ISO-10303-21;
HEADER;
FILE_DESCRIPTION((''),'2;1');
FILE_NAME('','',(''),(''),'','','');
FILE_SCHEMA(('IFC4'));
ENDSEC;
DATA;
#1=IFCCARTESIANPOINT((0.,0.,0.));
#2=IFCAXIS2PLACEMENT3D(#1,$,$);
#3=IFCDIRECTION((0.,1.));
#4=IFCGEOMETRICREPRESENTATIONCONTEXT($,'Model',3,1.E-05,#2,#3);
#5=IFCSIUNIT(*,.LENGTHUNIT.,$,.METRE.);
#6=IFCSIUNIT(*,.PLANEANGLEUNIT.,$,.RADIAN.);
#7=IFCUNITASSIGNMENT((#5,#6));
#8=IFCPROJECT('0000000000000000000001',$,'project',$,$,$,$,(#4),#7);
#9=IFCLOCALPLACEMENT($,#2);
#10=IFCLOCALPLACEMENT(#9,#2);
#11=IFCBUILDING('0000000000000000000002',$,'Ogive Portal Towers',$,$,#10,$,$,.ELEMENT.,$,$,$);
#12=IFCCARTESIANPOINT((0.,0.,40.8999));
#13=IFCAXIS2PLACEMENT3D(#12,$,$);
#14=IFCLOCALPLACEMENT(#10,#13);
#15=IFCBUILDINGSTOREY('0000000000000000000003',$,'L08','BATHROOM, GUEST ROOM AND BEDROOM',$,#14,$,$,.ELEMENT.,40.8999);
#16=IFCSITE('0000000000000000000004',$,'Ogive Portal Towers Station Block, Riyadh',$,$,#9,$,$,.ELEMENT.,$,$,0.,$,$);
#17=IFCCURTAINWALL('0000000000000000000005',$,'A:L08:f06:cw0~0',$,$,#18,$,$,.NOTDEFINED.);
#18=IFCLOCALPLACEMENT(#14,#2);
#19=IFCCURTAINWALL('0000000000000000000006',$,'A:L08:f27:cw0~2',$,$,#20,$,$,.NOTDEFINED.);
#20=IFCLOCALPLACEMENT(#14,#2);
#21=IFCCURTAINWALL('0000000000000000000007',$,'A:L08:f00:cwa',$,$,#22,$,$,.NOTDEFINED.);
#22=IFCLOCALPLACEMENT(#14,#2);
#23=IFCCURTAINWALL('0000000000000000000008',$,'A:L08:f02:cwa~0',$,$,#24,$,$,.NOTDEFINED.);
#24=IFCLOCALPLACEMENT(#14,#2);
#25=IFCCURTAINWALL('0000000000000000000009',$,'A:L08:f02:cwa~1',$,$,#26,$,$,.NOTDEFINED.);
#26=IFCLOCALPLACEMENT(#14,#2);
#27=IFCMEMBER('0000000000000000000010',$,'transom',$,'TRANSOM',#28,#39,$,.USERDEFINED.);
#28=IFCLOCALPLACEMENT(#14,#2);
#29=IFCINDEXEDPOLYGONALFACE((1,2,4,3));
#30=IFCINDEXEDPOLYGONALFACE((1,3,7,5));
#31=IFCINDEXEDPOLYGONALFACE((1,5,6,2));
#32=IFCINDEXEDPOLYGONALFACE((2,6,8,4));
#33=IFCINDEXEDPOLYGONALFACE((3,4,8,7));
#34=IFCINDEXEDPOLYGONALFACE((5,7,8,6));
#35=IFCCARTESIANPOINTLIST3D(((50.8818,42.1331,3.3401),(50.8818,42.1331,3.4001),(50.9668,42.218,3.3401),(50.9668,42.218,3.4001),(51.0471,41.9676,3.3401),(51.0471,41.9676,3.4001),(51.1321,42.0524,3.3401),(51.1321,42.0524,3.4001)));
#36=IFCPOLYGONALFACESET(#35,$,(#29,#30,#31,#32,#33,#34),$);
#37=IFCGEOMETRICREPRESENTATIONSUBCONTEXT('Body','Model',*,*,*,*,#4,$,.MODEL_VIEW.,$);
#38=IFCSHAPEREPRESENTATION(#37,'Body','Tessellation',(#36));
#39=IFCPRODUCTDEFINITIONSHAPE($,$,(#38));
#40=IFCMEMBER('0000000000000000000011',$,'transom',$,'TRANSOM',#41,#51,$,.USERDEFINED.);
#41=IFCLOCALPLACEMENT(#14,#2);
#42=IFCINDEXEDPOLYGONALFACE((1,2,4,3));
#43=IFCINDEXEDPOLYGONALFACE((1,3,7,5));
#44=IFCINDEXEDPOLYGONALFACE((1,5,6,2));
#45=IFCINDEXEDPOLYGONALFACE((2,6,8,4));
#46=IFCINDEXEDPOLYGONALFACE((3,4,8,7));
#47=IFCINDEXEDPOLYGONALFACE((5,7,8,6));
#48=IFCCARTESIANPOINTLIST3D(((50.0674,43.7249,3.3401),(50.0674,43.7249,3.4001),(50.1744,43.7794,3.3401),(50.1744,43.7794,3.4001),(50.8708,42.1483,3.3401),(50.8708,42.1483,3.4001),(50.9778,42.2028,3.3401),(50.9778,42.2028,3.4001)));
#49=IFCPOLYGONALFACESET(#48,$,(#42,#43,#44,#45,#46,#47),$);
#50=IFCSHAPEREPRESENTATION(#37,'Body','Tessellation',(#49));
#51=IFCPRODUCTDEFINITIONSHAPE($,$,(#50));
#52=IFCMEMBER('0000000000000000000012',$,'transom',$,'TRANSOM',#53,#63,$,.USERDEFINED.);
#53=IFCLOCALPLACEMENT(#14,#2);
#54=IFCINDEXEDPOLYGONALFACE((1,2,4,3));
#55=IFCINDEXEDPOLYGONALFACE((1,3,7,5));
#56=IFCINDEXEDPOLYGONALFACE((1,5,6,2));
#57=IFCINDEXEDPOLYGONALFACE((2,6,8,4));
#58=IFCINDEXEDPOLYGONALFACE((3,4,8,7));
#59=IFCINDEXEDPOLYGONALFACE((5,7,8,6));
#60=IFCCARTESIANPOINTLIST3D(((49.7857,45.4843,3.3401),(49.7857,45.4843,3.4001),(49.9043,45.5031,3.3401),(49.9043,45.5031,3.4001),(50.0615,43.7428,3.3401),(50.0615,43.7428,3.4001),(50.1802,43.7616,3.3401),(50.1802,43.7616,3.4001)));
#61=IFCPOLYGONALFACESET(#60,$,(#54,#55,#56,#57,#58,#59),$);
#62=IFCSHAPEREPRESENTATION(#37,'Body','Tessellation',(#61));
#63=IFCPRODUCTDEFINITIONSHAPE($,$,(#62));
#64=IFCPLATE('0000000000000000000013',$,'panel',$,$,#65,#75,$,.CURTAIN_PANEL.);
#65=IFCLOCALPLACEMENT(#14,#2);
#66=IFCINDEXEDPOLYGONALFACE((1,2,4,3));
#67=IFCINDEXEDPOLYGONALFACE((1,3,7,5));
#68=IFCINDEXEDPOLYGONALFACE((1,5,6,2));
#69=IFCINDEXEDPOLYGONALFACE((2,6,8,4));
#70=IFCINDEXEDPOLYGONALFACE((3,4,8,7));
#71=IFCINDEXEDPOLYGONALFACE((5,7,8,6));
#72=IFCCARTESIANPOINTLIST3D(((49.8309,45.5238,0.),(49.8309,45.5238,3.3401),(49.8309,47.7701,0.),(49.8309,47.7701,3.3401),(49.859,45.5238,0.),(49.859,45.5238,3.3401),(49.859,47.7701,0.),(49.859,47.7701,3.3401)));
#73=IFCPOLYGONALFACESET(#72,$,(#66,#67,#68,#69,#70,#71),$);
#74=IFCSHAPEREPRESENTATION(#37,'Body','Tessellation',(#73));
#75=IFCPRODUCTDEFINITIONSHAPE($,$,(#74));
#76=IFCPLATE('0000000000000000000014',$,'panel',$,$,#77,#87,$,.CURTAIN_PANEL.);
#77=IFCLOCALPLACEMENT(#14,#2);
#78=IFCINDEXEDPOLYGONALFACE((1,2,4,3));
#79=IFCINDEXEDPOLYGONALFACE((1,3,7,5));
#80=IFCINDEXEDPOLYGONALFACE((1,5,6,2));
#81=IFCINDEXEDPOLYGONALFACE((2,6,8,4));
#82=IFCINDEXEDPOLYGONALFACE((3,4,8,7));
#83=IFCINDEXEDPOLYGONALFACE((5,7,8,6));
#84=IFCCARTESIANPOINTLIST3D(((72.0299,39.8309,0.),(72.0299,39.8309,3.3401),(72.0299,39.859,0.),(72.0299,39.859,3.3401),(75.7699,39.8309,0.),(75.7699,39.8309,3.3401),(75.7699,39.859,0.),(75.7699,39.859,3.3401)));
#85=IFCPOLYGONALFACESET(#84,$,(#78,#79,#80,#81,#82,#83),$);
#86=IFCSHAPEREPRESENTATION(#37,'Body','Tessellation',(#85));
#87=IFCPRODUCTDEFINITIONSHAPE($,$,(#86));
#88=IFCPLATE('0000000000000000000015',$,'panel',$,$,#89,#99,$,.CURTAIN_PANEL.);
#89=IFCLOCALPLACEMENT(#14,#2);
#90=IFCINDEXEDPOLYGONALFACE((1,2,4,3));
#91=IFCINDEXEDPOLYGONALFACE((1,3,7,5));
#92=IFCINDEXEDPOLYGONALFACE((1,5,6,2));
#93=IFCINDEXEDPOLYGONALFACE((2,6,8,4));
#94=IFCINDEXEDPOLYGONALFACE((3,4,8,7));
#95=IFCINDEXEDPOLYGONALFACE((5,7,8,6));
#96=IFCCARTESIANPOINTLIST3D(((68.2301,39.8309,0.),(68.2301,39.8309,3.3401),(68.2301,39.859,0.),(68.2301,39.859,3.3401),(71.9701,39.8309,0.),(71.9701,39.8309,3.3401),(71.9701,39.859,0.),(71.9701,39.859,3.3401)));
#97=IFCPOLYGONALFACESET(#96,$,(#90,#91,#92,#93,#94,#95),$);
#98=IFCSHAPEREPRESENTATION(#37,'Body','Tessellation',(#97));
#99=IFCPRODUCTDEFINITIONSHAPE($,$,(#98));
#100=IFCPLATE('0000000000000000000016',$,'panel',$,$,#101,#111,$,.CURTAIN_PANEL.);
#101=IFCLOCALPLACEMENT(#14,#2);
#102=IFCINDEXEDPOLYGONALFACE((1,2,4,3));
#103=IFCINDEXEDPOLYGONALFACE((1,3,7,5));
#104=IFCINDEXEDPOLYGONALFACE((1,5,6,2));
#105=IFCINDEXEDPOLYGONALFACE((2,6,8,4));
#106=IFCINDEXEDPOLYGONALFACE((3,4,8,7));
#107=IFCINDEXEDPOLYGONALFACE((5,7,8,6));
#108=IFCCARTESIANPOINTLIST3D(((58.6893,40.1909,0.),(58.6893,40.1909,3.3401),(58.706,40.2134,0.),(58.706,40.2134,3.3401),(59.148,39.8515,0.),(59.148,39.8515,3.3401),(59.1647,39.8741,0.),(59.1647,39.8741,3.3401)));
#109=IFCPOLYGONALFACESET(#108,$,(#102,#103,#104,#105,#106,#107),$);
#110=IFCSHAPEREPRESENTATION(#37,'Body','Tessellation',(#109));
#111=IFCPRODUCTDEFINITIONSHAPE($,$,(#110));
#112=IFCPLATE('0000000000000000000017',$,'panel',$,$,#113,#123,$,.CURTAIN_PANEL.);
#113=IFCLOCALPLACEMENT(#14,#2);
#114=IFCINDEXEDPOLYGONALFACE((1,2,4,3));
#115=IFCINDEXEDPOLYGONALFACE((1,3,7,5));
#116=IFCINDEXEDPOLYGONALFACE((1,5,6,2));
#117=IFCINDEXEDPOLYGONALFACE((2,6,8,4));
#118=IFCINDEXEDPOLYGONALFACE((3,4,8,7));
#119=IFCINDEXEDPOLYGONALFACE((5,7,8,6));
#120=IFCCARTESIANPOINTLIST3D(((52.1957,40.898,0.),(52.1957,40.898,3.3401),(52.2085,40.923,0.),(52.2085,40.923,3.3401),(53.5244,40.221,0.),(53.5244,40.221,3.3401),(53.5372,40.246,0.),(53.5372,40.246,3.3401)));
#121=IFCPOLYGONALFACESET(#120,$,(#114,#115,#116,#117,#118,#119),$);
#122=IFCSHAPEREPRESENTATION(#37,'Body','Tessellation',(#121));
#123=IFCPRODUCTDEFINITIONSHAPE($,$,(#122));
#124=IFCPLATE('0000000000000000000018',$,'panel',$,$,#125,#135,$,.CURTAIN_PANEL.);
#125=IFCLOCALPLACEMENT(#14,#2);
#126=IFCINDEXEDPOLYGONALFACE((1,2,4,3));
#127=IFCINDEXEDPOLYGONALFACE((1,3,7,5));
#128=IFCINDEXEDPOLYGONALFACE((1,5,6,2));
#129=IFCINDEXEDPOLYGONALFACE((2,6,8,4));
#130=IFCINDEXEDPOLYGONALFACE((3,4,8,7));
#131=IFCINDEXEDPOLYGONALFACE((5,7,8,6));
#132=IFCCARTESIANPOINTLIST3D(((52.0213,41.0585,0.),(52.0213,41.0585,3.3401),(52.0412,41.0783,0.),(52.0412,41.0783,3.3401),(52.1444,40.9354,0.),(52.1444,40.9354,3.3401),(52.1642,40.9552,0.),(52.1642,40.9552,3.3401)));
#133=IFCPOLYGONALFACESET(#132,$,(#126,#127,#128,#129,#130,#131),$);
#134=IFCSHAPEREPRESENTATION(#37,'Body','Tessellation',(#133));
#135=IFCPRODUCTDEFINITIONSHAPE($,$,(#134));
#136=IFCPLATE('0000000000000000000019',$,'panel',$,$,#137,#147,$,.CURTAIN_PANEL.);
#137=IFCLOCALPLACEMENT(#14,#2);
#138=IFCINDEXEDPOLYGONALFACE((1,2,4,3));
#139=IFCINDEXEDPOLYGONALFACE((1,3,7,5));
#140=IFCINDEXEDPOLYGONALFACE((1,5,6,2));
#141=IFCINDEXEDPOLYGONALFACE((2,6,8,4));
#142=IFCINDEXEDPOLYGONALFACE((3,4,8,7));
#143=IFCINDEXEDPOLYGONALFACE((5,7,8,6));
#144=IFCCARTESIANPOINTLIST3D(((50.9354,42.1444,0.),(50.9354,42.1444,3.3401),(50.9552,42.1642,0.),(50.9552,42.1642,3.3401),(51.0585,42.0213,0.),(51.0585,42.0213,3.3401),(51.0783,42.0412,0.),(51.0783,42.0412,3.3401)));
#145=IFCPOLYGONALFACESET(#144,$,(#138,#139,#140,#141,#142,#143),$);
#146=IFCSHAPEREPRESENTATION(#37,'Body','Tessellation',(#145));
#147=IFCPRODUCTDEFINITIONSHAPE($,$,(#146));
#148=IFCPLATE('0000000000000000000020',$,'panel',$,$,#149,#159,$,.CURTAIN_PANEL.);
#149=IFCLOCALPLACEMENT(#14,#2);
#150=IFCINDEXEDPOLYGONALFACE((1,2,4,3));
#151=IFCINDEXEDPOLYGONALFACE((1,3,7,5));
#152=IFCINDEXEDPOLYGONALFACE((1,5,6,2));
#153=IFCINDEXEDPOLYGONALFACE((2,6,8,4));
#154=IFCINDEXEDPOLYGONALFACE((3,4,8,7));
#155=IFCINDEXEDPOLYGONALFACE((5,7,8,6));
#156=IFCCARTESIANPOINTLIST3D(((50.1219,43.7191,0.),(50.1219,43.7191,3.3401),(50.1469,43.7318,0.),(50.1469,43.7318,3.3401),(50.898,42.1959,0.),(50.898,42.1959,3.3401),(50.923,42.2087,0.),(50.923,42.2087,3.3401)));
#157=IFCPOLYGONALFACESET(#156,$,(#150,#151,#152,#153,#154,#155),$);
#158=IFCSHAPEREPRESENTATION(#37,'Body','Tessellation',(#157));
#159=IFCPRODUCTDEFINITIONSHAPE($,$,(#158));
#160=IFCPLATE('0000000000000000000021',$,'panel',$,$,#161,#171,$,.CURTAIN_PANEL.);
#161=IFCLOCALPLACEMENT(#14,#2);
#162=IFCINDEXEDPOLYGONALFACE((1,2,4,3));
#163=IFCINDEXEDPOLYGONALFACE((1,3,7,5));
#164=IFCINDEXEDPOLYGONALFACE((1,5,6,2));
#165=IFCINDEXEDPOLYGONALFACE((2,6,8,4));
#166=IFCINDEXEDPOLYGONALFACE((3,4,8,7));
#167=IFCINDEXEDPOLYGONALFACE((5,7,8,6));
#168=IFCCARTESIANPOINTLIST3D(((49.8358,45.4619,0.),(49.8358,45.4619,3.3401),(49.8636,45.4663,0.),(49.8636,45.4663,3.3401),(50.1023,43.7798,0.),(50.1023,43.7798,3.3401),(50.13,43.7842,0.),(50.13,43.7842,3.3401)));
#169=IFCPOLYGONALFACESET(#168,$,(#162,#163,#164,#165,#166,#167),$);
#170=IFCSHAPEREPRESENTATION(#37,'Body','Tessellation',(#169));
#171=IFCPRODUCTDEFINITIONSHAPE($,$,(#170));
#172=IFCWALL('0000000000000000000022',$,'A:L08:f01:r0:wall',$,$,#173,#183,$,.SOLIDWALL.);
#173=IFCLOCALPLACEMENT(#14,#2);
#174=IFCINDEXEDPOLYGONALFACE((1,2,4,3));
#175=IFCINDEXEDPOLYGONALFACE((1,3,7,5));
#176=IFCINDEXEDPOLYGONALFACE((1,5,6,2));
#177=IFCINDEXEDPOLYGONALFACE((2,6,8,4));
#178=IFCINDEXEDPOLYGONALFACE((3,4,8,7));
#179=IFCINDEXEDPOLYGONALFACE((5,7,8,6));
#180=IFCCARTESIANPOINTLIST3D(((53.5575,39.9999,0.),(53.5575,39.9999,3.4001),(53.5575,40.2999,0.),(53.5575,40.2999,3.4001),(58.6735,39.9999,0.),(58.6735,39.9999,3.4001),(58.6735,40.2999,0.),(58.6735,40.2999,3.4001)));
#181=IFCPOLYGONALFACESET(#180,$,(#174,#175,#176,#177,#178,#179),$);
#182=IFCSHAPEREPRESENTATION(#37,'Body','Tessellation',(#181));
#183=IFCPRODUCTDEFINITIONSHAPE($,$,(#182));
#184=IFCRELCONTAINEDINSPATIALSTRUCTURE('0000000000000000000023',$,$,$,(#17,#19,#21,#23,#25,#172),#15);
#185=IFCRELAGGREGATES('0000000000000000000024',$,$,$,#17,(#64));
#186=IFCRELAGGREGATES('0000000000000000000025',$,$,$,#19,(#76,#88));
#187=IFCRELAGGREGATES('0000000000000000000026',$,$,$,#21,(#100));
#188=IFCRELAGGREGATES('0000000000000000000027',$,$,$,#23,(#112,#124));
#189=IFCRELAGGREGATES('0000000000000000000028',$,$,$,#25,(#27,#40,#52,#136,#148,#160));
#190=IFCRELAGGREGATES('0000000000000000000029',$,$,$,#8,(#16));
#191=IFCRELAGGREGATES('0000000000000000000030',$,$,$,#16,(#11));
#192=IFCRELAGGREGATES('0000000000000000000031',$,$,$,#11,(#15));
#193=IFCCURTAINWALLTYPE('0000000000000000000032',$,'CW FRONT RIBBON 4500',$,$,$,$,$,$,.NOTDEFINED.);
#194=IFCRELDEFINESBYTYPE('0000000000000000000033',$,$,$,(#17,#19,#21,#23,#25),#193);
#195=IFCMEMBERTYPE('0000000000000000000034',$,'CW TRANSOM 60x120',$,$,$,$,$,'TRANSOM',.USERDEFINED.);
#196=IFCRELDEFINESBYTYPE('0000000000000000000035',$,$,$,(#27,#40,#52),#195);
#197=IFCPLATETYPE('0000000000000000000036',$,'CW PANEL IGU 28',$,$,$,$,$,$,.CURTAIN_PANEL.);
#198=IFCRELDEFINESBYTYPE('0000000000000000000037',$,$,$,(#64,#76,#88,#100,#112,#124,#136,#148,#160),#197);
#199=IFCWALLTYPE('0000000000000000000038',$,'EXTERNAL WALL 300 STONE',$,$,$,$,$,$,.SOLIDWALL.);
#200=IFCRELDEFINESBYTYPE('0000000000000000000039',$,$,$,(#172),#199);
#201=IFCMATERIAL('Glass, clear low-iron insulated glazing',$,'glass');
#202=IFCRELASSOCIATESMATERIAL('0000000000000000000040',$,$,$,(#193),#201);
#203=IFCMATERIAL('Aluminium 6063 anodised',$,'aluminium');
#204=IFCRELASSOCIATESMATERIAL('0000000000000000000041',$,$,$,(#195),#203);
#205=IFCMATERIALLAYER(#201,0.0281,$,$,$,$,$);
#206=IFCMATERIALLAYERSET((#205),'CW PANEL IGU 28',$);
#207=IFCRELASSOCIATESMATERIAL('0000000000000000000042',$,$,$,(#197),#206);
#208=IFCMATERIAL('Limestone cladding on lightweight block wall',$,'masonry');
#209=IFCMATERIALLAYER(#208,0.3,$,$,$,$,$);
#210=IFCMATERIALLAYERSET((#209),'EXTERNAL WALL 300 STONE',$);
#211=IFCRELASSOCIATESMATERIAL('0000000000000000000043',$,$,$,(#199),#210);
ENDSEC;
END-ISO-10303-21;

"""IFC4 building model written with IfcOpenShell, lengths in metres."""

from ifc_helpers import new_model, si_unit, direction, frame, frame_2d, origin, origin_2d, place, context, subcontext, project, spatial, rectangle, extrude, material, layer, layer_set, material_profile, profile_set, type_object, element, aggregate, save


model = new_model("IFC4")

# Units and contexts
model_context = context("Model", 3, precision=1e-05, world=origin(), true_north=direction((0.0, 1.0)))
body_context = subcontext(model_context, "Body", "Model", "MODEL_VIEW")
ifc_project = project(units=[si_unit("LENGTHUNIT", "METRE"), si_unit("PLANEANGLEUNIT", "RADIAN")], contexts=[model_context])

# Site, building, storey
site_placement = place(None, origin())
site = spatial("IfcSite", under=ifc_project, at=site_placement, Name="Ogive Portal Towers Station Block, Riyadh", CompositionType="ELEMENT", RefElevation=0.0)
building_placement = place(site_placement, origin())
building = spatial("IfcBuilding", under=site, at=building_placement, Name="Ogive Portal Towers", CompositionType="ELEMENT")
storey_placement = place(building_placement, frame((0.0, 0.0, 40.8999)))
storey = spatial("IfcBuildingStorey", under=building, at=storey_placement, Name="L08", Description="BATHROOM, GUEST ROOM AND BEDROOM", CompositionType="ELEMENT", Elevation=40.8999)

# Curtain walls
ifc_material_1 = material(Name="Glass, clear low-iron insulated glazing", Category="glass")
curtain_wall_type = type_object("IfcCurtainWallType", Name="CW FRONT RIBBON 4500", PredefinedType="NOTDEFINED", material=ifc_material_1)
curtain_wall_1_placement = place(storey_placement, origin())
curtain_wall_1 = element("IfcCurtainWall", 1, at=curtain_wall_1_placement, inside=storey, type_object=curtain_wall_type, Name="A:L08:f06:cw0~0", PredefinedType="NOTDEFINED")
ifc_material_2 = material(Name="Aluminium 6063 anodised", Category="aluminium")
curtain_wall_2_placement = place(storey_placement, origin())
curtain_wall_2 = element("IfcCurtainWall", 2, at=curtain_wall_2_placement, inside=storey, type_object=curtain_wall_type, Name="A:L08:f27:cw0~2", PredefinedType="NOTDEFINED")
curtain_wall_3_placement = place(storey_placement, origin())
curtain_wall_3 = element("IfcCurtainWall", 3, at=curtain_wall_3_placement, inside=storey, type_object=curtain_wall_type, Name="A:L08:f00:cwa", PredefinedType="NOTDEFINED")

# Curtain walls
curtain_wall_4_placement = place(storey_placement, origin())
curtain_wall_4 = element("IfcCurtainWall", 4, at=curtain_wall_4_placement, inside=storey, type_object=curtain_wall_type, Name="A:L08:f02:cwa~0", PredefinedType="NOTDEFINED")
curtain_wall_5_placement = place(storey_placement, origin())
curtain_wall_5 = element("IfcCurtainWall", 5, at=curtain_wall_5_placement, inside=storey, type_object=curtain_wall_type, Name="A:L08:f02:cwa~1", PredefinedType="NOTDEFINED")

# Members
ifc_material_profile_1 = material_profile(ifc_material_2, rectangle(XDim=0.1201, YDim=0.0601, at=origin_2d()), Name="AL 120x60")
ifc_profile_set_1 = profile_set([ifc_material_profile_1], Name="Aluminium 6063 anodised")
member_type_1 = type_object("IfcMemberType", Name="CW TRANSOM 60x120", ElementType="TRANSOM", PredefinedType="USERDEFINED", material=ifc_profile_set_1)
member_1_placement = place(storey_placement, frame((51.0896, 42.01, 3.3701), z_axis=(-0.706585, 0.707628, 0.0), x_axis=(-0.707628, -0.706585, 0.0)))
member_1 = element("IfcMember", 6, at=member_1_placement, type_object=member_type_1, Name="transom", ObjectType="TRANSOM", PredefinedType="USERDEFINED", context=body_context, shape_type="SweptSolid", body=[
    extrude(rectangle(XDim=0.1201, YDim=0.0601, at=origin_2d()), origin(), (0.0, 0.0, 1.0), 0.2339),
])
member_2_placement = place(storey_placement, frame((50.9243, 42.1755, 3.3701), z_axis=(-0.454044, 0.890979, 0.0), x_axis=(-0.890979, -0.454044, 0.0)))
member_2 = element("IfcMember", 7, at=member_2_placement, type_object=member_type_1, Name="transom", ObjectType="TRANSOM", PredefinedType="USERDEFINED", context=body_context, shape_type="SweptSolid", body=[
    extrude(rectangle(XDim=0.1201, YDim=0.0601, at=origin_2d()), origin(), (0.0, 0.0, 1.0), 1.7695),
])
member_3_placement = place(storey_placement, frame((50.1208, 43.7522, 3.3701), z_axis=(-0.156467, 0.987683, 0.0), x_axis=(-0.987683, -0.156467, 0.0)))
member_3 = element("IfcMember", 8, at=member_3_placement, type_object=member_type_1, Name="transom", ObjectType="TRANSOM", PredefinedType="USERDEFINED", context=body_context, shape_type="SweptSolid", body=[
    extrude(rectangle(XDim=0.1201, YDim=0.0601, at=origin_2d()), origin(), (0.0, 0.0, 1.0), 1.7632),
])

# Plates
ifc_layer_1 = layer(ifc_material_1, 0.0281)
ifc_layer_set_1 = layer_set([ifc_layer_1], Name="CW PANEL IGU 28")
plate_type = type_object("IfcPlateType", Name="CW PANEL IGU 28", PredefinedType="CURTAIN_PANEL", material=ifc_layer_set_1)
plate_1_placement = place(storey_placement, frame((49.845, 46.647, 0.0), z_axis=(0.0, 0.0, 1.0), x_axis=(0.0, 1.0, 0.0)))
plate_1 = element("IfcPlate", 9, at=plate_1_placement, type_object=plate_type, Name="panel", PredefinedType="CURTAIN_PANEL", context=body_context, shape_type="SweptSolid", body=[
    extrude(rectangle(XDim=2.2463, YDim=0.0281, at=origin_2d()), origin(), (0.0, 0.0, 1.0), 3.3401),
])
aggregate(curtain_wall_1, [plate_1])
plate_2_placement = place(storey_placement, frame((73.8999, 39.845, 0.0), z_axis=(0.0, 0.0, 1.0), x_axis=(-1.0, 0.0, 0.0)))
plate_2 = element("IfcPlate", 10, at=plate_2_placement, type_object=plate_type, Name="panel", PredefinedType="CURTAIN_PANEL", context=body_context, shape_type="SweptSolid", body=[
    extrude(rectangle(XDim=3.74, YDim=0.0281, at=origin_2d()), origin(), (0.0, 0.0, 1.0), 3.3401),
])
plate_3_placement = place(storey_placement, frame((70.1001, 39.845, 0.0), z_axis=(0.0, 0.0, 1.0), x_axis=(-1.0, 0.0, 0.0)))
plate_3 = element("IfcPlate", 11, at=plate_3_placement, type_object=plate_type, Name="panel", PredefinedType="CURTAIN_PANEL", context=body_context, shape_type="SweptSolid", body=[
    extrude(rectangle(XDim=3.74, YDim=0.0281, at=origin_2d()), origin(), (0.0, 0.0, 1.0), 3.3401),
])
aggregate(curtain_wall_2, [plate_2, plate_3])
plate_4_placement = place(storey_placement, frame((58.927, 40.0325, 0.0), z_axis=(0.0, 0.0, 1.0), x_axis=(-0.803867, 0.594809, 0.0)))
plate_4 = element("IfcPlate", 12, at=plate_4_placement, type_object=plate_type, Name="panel", PredefinedType="CURTAIN_PANEL", context=body_context, shape_type="SweptSolid", body=[
    extrude(rectangle(XDim=0.5706, YDim=0.0281, at=origin_2d()), origin(), (0.0, 0.0, 1.0), 3.3401),
])
aggregate(curtain_wall_3, [plate_4])
plate_5_placement = place(storey_placement, frame((52.8665, 40.572, 0.0), z_axis=(0.0, 0.0, 1.0), x_axis=(-0.891007, 0.45399, 0.0)))
plate_5 = element("IfcPlate", 13, at=plate_5_placement, type_object=plate_type, Name="panel", PredefinedType="CURTAIN_PANEL", context=body_context, shape_type="SweptSolid", body=[
    extrude(rectangle(XDim=1.4912, YDim=0.0281, at=origin_2d()), origin(), (0.0, 0.0, 1.0), 3.3401),
])
plate_6_placement = place(storey_placement, frame((52.0928, 41.0068, 0.0), z_axis=(0.0, 0.0, 1.0), x_axis=(-0.707107, 0.707107, 0.0)))
plate_6 = element("IfcPlate", 14, at=plate_6_placement, type_object=plate_type, Name="panel", PredefinedType="CURTAIN_PANEL", context=body_context, shape_type="SweptSolid", body=[
    extrude(rectangle(XDim=0.1741, YDim=0.0281, at=origin_2d()), origin(), (0.0, 0.0, 1.0), 3.3401),
])
aggregate(curtain_wall_4, [plate_5, plate_6])
plate_7_placement = place(storey_placement, frame((51.0068, 42.0928, 0.0), z_axis=(0.0, 0.0, 1.0), x_axis=(-0.707107, 0.707107, 0.0)))
plate_7 = element("IfcPlate", 15, at=plate_7_placement, type_object=plate_type, Name="panel", PredefinedType="CURTAIN_PANEL", context=body_context, shape_type="SweptSolid", body=[
    extrude(rectangle(XDim=0.1741, YDim=0.0281, at=origin_2d()), origin(), (0.0, 0.0, 1.0), 3.3401),
])
plate_8_placement = place(storey_placement, frame((50.5225, 42.9639, 0.0), z_axis=(0.0, 0.0, 1.0), x_axis=(-0.45399, 0.891007, 0.0)))
plate_8 = element("IfcPlate", 16, at=plate_8_placement, type_object=plate_type, Name="panel", PredefinedType="CURTAIN_PANEL", context=body_context, shape_type="SweptSolid", body=[
    extrude(rectangle(XDim=1.7095, YDim=0.0281, at=origin_2d()), origin(), (0.0, 0.0, 1.0), 3.3401),
])
plate_9_placement = place(storey_placement, frame((49.9829, 44.623, 0.0), z_axis=(0.0, 0.0, 1.0), x_axis=(-0.156434, 0.987688, 0.0)))
plate_9 = element("IfcPlate", 17, at=plate_9_placement, type_object=plate_type, Name="panel", PredefinedType="CURTAIN_PANEL", context=body_context, shape_type="SweptSolid", body=[
    extrude(rectangle(XDim=1.7031, YDim=0.0281, at=origin_2d()), origin(), (0.0, 0.0, 1.0), 3.3401),
])
aggregate(curtain_wall_5, [member_1, member_2, member_3, plate_7, plate_8, plate_9])

# Wall
ifc_material_3 = material(Name="Limestone cladding on lightweight block wall", Category="masonry")
ifc_layer_2 = layer(ifc_material_3, 0.3)
ifc_layer_set_2 = layer_set([ifc_layer_2], Name="EXTERNAL WALL 300 STONE")
wall_type_1 = type_object("IfcWallType", Name="EXTERNAL WALL 300 STONE", PredefinedType="SOLIDWALL", material=ifc_layer_set_2)
wall_1_placement = place(storey_placement, frame((58.6736, 40.1499, 0.0), z_axis=(0.0, 0.0, 1.0), x_axis=(-1.0, 0.0, 0.0)))
element("IfcWall", 18, at=wall_1_placement, inside=storey, type_object=wall_type_1, Name="A:L08:f01:r0:wall", PredefinedType="SOLIDWALL", context=body_context, shape_type="SweptSolid", body=[
    extrude(rectangle(XDim=5.116, YDim=0.3, at=frame_2d((2.5581, 0.0))), origin(), (0.0, 0.0, 1.0), 3.4001),
])

save(model, "model.ifc")
